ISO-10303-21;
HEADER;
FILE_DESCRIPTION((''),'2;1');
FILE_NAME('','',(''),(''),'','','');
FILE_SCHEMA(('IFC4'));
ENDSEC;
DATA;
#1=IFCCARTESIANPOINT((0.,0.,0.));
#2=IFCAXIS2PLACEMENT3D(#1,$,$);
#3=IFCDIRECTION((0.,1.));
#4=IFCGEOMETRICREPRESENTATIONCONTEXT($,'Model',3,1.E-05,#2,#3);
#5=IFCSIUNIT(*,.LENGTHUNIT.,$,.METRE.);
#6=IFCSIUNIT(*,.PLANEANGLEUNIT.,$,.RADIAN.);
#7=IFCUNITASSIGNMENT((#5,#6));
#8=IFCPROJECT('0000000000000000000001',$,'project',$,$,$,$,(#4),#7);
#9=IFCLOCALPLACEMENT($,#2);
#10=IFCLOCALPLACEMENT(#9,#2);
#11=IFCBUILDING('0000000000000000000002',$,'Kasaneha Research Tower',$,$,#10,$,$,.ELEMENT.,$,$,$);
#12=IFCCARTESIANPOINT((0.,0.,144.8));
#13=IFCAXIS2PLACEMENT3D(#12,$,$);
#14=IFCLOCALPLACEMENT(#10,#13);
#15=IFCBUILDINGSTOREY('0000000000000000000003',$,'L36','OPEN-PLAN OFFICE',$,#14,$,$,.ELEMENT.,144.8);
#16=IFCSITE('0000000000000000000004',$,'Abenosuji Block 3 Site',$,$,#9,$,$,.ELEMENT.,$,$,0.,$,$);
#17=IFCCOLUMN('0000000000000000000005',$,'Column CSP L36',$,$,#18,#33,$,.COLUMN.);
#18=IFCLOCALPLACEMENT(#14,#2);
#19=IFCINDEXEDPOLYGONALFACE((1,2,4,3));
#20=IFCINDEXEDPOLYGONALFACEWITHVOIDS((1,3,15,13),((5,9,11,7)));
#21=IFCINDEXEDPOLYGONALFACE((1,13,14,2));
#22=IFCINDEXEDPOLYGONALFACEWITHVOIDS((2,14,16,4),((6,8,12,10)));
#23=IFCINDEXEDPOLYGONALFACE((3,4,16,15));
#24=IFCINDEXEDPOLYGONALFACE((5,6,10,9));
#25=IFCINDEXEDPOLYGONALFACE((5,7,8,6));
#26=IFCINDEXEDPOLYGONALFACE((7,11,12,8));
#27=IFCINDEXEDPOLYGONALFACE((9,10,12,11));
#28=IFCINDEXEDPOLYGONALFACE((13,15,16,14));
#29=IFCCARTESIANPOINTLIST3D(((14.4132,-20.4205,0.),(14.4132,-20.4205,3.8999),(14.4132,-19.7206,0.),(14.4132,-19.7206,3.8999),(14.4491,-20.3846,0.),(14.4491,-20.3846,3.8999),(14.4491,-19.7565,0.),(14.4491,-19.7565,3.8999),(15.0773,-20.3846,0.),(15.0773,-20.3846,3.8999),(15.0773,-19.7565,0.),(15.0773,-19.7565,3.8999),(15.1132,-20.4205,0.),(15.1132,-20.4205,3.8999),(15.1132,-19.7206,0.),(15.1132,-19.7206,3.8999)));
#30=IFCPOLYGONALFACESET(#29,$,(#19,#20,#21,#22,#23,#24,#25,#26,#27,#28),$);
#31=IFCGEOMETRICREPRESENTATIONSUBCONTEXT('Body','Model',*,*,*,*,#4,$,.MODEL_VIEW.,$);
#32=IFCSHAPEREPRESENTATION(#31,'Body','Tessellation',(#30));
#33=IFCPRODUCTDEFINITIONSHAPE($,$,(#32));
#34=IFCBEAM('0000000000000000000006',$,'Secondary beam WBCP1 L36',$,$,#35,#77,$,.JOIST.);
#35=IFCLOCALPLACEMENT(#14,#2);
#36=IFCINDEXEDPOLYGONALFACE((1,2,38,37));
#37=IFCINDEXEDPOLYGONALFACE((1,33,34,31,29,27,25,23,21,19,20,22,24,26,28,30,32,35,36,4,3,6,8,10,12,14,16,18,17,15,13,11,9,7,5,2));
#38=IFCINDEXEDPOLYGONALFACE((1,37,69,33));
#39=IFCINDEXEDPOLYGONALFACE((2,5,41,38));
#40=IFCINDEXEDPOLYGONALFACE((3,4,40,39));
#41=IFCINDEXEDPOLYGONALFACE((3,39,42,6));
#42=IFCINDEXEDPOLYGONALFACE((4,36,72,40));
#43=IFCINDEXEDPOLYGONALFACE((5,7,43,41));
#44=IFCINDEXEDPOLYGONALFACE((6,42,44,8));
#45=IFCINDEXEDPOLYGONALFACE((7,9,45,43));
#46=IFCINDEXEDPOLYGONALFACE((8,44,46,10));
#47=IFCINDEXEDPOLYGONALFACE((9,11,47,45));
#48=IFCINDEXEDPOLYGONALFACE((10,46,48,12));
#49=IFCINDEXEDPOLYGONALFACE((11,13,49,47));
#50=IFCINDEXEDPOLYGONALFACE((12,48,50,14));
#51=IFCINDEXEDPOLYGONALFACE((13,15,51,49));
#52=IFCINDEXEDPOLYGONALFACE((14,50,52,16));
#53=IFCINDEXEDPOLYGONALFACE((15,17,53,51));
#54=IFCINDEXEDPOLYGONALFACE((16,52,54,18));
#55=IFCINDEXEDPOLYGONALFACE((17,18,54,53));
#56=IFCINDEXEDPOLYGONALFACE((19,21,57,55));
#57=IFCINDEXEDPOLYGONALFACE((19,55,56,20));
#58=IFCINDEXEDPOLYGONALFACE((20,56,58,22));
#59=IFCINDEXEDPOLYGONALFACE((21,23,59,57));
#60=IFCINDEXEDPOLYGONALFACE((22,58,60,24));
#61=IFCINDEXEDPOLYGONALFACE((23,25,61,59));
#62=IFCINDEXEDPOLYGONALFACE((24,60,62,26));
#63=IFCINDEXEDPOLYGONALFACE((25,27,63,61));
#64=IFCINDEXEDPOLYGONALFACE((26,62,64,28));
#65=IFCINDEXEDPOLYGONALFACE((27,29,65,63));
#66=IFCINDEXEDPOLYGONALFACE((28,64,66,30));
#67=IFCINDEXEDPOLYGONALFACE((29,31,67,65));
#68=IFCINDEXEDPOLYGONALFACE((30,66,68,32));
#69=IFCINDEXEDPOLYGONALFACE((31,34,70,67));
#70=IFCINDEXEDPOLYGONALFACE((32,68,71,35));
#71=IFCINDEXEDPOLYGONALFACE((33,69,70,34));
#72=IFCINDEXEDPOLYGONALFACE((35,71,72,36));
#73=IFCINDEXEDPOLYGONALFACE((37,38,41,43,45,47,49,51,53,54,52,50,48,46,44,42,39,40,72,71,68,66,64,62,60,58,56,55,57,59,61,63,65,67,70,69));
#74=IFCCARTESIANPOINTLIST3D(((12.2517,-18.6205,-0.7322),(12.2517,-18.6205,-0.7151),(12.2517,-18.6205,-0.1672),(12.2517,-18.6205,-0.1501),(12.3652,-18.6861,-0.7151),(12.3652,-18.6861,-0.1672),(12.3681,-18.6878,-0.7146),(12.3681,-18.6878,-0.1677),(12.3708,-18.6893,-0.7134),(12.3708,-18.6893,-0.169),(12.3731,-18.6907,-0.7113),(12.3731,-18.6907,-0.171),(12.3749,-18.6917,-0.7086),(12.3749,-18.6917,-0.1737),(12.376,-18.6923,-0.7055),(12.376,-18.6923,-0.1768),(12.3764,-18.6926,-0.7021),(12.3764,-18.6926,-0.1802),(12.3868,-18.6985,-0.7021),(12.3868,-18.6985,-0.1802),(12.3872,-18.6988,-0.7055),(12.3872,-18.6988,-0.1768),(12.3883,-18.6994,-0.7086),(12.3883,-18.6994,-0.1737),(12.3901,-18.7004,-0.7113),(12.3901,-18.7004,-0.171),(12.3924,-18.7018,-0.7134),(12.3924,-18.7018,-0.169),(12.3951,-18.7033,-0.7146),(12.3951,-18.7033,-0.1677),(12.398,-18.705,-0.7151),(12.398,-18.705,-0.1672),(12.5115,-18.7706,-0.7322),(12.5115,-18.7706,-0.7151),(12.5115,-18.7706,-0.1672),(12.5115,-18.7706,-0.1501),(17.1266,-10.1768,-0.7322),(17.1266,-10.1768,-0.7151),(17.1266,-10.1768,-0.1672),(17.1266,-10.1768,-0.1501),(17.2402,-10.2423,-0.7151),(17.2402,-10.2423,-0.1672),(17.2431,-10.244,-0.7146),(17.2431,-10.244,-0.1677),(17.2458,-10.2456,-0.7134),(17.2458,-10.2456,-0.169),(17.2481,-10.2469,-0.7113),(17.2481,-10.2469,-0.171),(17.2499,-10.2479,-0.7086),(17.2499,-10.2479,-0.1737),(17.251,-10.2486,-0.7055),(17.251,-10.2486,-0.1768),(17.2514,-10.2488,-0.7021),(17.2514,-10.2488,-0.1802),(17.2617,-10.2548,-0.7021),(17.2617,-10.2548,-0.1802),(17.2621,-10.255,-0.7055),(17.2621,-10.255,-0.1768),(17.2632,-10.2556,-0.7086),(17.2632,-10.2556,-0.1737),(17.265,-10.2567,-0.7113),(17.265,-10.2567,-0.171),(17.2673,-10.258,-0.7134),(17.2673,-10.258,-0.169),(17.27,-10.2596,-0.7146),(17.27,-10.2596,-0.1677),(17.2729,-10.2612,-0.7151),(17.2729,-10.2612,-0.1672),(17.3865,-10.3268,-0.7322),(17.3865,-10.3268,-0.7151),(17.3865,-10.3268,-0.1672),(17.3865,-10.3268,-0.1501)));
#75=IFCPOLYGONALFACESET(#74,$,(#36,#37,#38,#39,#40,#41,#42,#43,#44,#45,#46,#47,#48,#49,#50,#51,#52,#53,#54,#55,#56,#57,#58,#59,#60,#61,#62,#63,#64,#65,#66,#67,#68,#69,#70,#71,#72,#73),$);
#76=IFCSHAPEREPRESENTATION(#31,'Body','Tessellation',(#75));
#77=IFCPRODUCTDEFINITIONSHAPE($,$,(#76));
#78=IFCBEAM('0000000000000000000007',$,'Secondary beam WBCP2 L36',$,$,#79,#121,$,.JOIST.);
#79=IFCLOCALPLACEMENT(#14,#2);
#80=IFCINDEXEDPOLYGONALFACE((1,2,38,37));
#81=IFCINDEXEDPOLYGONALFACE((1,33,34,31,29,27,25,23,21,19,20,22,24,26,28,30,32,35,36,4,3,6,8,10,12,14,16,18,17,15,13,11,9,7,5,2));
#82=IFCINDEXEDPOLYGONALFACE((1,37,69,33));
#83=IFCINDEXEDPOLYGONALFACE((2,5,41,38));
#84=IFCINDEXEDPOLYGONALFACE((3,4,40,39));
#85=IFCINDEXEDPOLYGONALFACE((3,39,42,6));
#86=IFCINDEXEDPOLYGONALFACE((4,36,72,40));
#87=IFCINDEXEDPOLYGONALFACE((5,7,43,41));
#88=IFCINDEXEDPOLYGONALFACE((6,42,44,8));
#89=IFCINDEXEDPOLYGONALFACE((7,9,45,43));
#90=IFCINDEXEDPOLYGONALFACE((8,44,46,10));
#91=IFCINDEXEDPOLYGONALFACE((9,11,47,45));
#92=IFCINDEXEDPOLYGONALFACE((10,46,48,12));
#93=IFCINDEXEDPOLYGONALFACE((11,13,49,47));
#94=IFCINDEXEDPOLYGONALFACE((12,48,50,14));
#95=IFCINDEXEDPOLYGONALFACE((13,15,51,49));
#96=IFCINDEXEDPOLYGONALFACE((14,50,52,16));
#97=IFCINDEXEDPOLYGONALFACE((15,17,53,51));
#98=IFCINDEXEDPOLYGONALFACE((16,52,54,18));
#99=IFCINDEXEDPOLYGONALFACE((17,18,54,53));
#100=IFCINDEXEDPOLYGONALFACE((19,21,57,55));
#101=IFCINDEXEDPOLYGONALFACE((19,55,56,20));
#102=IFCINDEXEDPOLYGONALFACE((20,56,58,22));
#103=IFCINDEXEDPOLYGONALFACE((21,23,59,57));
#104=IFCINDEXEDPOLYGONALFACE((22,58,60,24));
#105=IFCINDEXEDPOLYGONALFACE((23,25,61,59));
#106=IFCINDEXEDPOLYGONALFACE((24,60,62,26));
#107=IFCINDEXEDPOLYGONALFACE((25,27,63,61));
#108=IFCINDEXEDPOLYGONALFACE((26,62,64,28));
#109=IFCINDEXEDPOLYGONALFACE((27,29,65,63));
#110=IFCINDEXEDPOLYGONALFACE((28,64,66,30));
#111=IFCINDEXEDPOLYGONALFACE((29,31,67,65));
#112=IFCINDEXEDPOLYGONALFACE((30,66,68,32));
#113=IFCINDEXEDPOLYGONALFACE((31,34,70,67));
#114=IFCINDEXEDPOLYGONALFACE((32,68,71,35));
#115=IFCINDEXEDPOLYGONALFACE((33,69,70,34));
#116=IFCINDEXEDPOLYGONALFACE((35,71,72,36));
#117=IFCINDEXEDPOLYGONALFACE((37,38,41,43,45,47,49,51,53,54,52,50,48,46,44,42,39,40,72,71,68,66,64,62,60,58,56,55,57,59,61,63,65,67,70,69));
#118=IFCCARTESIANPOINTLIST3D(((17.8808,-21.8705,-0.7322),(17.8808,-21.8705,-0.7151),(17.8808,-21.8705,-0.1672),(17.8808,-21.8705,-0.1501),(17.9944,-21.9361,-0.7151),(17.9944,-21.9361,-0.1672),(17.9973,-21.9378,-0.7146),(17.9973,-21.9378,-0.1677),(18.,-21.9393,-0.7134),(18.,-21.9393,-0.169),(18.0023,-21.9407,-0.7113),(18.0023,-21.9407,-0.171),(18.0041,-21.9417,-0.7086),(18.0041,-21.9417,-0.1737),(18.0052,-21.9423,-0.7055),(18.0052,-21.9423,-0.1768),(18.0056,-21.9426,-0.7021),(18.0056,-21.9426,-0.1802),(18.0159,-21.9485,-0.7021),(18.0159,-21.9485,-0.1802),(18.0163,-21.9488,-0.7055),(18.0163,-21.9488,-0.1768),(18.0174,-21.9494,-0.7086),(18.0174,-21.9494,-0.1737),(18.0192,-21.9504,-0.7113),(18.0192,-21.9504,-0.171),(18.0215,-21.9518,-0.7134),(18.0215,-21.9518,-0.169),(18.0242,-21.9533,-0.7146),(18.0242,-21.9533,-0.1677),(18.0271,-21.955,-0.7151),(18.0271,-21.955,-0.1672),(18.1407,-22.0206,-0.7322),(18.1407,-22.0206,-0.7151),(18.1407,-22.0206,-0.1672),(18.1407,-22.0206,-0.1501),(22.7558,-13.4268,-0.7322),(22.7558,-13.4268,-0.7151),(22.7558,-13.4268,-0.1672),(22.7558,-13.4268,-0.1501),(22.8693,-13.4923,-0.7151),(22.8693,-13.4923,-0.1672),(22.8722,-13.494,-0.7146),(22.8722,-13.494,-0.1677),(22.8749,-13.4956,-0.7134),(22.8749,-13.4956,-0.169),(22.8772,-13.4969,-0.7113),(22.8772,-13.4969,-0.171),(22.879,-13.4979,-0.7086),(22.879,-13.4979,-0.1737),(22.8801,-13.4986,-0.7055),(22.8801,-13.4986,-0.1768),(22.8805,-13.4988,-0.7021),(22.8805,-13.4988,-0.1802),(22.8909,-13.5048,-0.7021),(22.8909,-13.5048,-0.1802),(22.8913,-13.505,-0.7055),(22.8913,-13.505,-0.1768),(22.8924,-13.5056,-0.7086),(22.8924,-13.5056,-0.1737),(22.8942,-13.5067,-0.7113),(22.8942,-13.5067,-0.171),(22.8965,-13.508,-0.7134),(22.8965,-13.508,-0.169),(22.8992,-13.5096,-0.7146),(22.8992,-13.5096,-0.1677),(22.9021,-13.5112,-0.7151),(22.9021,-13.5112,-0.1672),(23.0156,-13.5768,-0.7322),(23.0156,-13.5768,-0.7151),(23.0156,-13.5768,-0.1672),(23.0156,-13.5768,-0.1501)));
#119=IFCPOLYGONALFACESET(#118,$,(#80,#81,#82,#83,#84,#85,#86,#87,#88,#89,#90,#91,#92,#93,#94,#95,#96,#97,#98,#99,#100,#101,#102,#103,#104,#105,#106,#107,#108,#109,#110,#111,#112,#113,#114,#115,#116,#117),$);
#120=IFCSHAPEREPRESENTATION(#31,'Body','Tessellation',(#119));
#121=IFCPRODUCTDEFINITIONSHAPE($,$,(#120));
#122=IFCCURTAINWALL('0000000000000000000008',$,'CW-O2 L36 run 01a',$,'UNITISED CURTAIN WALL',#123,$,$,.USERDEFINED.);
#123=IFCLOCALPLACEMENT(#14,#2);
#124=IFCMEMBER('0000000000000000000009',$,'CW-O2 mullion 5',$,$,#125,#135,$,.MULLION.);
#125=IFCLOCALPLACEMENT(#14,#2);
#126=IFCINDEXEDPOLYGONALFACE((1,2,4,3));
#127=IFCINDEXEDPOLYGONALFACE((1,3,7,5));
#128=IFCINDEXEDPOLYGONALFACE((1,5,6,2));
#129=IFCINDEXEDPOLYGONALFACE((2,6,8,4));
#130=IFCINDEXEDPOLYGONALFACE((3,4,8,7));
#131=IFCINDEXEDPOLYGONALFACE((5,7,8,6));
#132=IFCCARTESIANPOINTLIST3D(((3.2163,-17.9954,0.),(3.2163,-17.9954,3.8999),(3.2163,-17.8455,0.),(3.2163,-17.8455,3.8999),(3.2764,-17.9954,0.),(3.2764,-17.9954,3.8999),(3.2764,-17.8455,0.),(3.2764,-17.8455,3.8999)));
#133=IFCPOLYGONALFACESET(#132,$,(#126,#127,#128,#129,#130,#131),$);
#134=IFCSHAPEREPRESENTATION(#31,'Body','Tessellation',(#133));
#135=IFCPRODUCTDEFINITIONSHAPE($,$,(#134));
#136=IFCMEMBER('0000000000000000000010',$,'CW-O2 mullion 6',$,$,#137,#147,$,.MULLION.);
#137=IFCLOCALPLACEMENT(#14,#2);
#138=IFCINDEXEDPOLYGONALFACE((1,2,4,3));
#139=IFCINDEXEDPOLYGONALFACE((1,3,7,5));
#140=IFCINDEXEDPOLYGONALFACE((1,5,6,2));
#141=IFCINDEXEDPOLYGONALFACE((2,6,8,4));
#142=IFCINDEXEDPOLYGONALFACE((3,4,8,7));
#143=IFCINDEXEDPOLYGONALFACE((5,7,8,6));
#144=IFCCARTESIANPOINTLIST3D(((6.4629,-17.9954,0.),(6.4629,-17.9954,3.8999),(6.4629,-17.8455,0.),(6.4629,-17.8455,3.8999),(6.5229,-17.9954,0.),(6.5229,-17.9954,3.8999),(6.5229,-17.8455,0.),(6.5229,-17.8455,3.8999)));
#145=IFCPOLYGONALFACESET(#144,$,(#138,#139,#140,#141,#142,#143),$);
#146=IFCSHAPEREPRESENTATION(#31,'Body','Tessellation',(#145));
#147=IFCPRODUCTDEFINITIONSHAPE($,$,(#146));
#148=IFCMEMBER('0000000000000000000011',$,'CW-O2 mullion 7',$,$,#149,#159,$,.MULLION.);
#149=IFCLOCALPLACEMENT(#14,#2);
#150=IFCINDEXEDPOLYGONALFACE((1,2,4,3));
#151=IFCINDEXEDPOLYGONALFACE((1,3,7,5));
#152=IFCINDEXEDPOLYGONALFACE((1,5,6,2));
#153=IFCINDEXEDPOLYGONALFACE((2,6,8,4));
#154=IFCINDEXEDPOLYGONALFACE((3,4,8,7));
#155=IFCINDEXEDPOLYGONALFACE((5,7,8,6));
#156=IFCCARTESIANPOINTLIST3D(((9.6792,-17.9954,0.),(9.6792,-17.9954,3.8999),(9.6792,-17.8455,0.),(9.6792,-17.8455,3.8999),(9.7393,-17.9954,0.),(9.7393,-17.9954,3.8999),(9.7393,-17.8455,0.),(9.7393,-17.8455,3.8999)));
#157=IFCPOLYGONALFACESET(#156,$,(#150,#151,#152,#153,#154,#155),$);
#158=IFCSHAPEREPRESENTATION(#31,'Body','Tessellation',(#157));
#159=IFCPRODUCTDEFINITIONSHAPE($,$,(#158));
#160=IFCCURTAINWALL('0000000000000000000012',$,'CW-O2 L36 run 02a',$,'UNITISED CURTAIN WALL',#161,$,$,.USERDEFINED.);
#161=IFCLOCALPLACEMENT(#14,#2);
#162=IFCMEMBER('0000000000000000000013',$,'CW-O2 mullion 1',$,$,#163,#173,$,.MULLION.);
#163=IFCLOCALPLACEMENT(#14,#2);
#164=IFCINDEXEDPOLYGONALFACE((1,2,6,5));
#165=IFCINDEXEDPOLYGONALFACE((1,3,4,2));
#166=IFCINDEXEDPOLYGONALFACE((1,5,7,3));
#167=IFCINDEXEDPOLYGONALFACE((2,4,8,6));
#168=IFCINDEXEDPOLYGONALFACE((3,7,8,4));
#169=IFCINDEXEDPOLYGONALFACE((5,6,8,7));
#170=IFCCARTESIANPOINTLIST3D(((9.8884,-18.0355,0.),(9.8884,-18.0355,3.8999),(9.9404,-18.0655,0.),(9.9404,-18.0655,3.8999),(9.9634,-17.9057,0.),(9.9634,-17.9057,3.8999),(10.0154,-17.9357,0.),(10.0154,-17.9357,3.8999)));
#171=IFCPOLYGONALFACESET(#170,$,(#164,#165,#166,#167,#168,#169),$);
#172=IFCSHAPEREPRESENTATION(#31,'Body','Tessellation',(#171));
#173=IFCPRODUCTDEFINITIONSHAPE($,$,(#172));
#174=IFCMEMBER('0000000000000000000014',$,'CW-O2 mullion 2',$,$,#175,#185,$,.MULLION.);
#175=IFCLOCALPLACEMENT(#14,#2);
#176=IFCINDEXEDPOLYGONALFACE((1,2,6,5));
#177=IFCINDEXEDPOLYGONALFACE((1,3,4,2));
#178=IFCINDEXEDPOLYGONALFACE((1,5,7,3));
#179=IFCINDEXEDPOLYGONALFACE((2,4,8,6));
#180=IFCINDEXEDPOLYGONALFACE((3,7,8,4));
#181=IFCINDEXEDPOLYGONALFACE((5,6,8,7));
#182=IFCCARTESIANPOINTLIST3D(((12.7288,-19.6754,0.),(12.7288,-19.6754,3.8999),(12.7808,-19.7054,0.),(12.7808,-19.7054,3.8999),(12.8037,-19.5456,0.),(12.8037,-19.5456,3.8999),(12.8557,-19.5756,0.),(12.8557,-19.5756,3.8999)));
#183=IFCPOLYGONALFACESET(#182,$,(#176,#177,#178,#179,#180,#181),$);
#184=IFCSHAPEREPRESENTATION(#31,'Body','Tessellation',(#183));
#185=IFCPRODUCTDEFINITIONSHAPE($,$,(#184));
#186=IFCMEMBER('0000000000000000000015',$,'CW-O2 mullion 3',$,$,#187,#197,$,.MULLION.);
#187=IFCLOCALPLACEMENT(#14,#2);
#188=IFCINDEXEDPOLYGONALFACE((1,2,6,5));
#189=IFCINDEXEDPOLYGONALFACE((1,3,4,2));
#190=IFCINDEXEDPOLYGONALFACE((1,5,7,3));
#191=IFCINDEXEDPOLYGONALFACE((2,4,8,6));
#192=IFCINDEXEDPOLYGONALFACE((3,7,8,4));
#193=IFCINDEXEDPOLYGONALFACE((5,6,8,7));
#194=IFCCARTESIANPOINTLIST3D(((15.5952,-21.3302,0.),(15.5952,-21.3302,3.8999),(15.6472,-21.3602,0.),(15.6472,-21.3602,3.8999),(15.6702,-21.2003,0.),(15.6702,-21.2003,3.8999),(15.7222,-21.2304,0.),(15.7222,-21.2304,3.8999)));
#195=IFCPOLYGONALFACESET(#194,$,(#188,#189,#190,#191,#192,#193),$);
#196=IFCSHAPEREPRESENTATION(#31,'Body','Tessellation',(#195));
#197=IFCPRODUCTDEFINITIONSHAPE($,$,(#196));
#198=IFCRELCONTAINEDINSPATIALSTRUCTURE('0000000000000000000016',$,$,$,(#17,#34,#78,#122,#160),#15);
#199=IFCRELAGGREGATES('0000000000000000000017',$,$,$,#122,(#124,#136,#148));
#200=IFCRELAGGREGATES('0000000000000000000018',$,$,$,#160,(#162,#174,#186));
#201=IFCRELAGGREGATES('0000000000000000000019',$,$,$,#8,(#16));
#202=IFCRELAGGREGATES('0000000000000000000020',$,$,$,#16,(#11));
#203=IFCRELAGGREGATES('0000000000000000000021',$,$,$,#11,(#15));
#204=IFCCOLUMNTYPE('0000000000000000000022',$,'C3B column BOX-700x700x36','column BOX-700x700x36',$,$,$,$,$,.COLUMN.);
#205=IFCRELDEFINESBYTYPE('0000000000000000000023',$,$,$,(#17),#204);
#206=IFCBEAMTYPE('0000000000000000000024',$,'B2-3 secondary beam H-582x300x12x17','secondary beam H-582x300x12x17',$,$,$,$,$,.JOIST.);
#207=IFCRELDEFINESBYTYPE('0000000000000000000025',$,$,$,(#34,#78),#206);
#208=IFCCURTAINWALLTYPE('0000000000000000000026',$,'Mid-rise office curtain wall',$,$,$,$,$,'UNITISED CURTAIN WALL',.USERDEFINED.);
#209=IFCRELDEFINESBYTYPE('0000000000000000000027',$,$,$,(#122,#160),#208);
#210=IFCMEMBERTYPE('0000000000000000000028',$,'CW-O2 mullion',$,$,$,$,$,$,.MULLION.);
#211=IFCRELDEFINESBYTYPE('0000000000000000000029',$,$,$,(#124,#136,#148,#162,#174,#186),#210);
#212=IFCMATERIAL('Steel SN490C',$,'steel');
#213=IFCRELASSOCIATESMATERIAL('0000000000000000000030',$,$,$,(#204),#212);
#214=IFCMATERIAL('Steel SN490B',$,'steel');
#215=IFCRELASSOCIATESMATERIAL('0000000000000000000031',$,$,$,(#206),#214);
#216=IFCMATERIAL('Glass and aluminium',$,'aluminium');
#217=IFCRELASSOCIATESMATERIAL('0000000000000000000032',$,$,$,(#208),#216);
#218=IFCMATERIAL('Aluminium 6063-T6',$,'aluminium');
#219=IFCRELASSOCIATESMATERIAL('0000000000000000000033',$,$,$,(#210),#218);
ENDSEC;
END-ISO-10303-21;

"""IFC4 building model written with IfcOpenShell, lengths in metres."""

from ifc_helpers import new_model, si_unit, direction, frame, origin, origin_2d, place, context, subcontext, project, spatial, rectangle, hollow_rectangle, i_section, extrude, material, material_profile, profile_set, type_object, element, aggregate, save


model = new_model("IFC4")

# Units and contexts
model_context = context("Model", 3, precision=1e-05, world=origin(), true_north=direction((0.0, 1.0)))
body_context = subcontext(model_context, "Body", "Model", "MODEL_VIEW")
ifc_project = project(units=[si_unit("LENGTHUNIT", "METRE"), si_unit("PLANEANGLEUNIT", "RADIAN")], contexts=[model_context])

# Site, building, storey
site_placement = place(None, origin())
site = spatial("IfcSite", under=ifc_project, at=site_placement, Name="Abenosuji Block 3 Site", CompositionType="ELEMENT", RefElevation=0.0)
building_placement = place(site_placement, origin())
building = spatial("IfcBuilding", under=site, at=building_placement, Name="Kasaneha Research Tower", CompositionType="ELEMENT")
storey_placement = place(building_placement, frame((0.0, 0.0, 144.8)))
storey = spatial("IfcBuildingStorey", under=building, at=storey_placement, Name="L36", Description="OPEN-PLAN OFFICE", CompositionType="ELEMENT", Elevation=144.8)

# Column
ifc_material_1 = material(Name="Steel SN490C", Category="steel")
ifc_material_profile_1 = material_profile(ifc_material_1, hollow_rectangle(XDim=0.7, YDim=0.7, WallThickness=0.0359, at=origin_2d()), Name="BOX-700x700x36")
ifc_profile_set_1 = profile_set([ifc_material_profile_1], Name="Steel SN490C")
column_type = type_object("IfcColumnType", Name="C3B column BOX-700x700x36", Description="column BOX-700x700x36", PredefinedType="COLUMN", material=ifc_profile_set_1)
column_placement = place(storey_placement, frame((14.7632, -20.0706, 0.0), z_axis=(0.0, 0.0, 1.0), x_axis=(1.0, 0.0, 0.0)))
element("IfcColumn", 1, at=column_placement, inside=storey, type_object=column_type, Name="Column CSP L36", PredefinedType="COLUMN", context=body_context, shape_type="SweptSolid", body=[
    extrude(hollow_rectangle(XDim=0.7, YDim=0.7, WallThickness=0.0359, at=origin_2d()), origin(), (0.0, 0.0, 1.0), 3.8999),
])

# Beams
ifc_material_2 = material(Name="Steel SN490B", Category="steel")
ifc_material_profile_2 = material_profile(ifc_material_2, i_section(OverallWidth=0.3, OverallDepth=0.582, WebThickness=0.012, FlangeThickness=0.0171, FilletRadius=0.0129, at=origin_2d()), Name="H-582x300x12x17")
ifc_profile_set_2 = profile_set([ifc_material_profile_2], Name="Steel SN490B")
beam_type_1 = type_object("IfcBeamType", Name="B2-3 secondary beam H-582x300x12x17", Description="secondary beam H-582x300x12x17", PredefinedType="JOIST", material=ifc_profile_set_2)
for number, where, z_axis, x_axis, name in (
    (2, (12.3816, -18.6956, -0.4412), (0.499996, 0.866028, 0.0), (-0.866028, 0.499996, 0.0), "Secondary beam WBCP1 L36"),
    (3, (18.0107, -21.9456, -0.4412), (0.499996, 0.866028, 0.0), (-0.866028, 0.499996, 0.0), "Secondary beam WBCP2 L36"),
):
    element("IfcBeam", number, at=place(storey_placement, frame(where, z_axis=z_axis, x_axis=x_axis)), inside=storey, type_object=beam_type_1, Name=name, PredefinedType="JOIST", context=body_context, shape_type="SweptSolid", body=[
        extrude(i_section(OverallWidth=0.3, OverallDepth=0.582, WebThickness=0.012, FlangeThickness=0.0171, FilletRadius=0.0129, at=origin_2d()), origin(), (0.0, 0.0, 1.0), 9.75),
    ])

# Curtain walls, members
ifc_material_3 = material(Name="Glass and aluminium", Category="aluminium")
curtain_wall_type = type_object("IfcCurtainWallType", Name="Mid-rise office curtain wall", ElementType="UNITISED CURTAIN WALL", PredefinedType="USERDEFINED", material=ifc_material_3)
curtain_wall_1_placement = place(storey_placement, origin())
curtain_wall_1 = element("IfcCurtainWall", 4, at=curtain_wall_1_placement, inside=storey, type_object=curtain_wall_type, Name="CW-O2 L36 run 01a", ObjectType="UNITISED CURTAIN WALL", PredefinedType="USERDEFINED")
ifc_material_4 = material(Name="Aluminium 6063-T6", Category="aluminium")
ifc_material_profile_3 = material_profile(ifc_material_4, rectangle(XDim=0.0601, YDim=0.1499, at=origin_2d()), Name="CW-O2 mullion 60x150")
ifc_profile_set_3 = profile_set([ifc_material_profile_3], Name="Aluminium 6063-T6")
member_type_1 = type_object("IfcMemberType", Name="CW-O2 mullion", PredefinedType="MULLION", material=ifc_profile_set_3)
member_1_placement = place(storey_placement, frame((3.2463, -17.9204, 0.0), z_axis=(0.0, 0.0, 1.0), x_axis=(1.0, 0.0, 0.0)))
member_1 = element("IfcMember", 5, at=member_1_placement, type_object=member_type_1, Name="CW-O2 mullion 5", PredefinedType="MULLION", context=body_context, shape_type="SweptSolid", body=[
    extrude(rectangle(XDim=0.0601, YDim=0.1499, at=origin_2d()), origin(), (0.0, 0.0, 1.0), 3.8999),
])
member_2_placement = place(storey_placement, frame((6.4929, -17.9204, 0.0), z_axis=(0.0, 0.0, 1.0), x_axis=(1.0, 0.0, 0.0)))
member_2 = element("IfcMember", 6, at=member_2_placement, type_object=member_type_1, Name="CW-O2 mullion 6", PredefinedType="MULLION", context=body_context, shape_type="SweptSolid", body=[
    extrude(rectangle(XDim=0.0601, YDim=0.1499, at=origin_2d()), origin(), (0.0, 0.0, 1.0), 3.8999),
])
member_3_placement = place(storey_placement, frame((9.7092, -17.9204, 0.0), z_axis=(0.0, 0.0, 1.0), x_axis=(1.0, 0.0, 0.0)))
member_3 = element("IfcMember", 7, at=member_3_placement, type_object=member_type_1, Name="CW-O2 mullion 7", PredefinedType="MULLION", context=body_context, shape_type="SweptSolid", body=[
    extrude(rectangle(XDim=0.0601, YDim=0.1499, at=origin_2d()), origin(), (0.0, 0.0, 1.0), 3.8999),
])
curtain_wall_2_placement = place(storey_placement, origin())
curtain_wall_2 = element("IfcCurtainWall", 8, at=curtain_wall_2_placement, inside=storey, type_object=curtain_wall_type, Name="CW-O2 L36 run 02a", ObjectType="UNITISED CURTAIN WALL", PredefinedType="USERDEFINED")
member_4_placement = place(storey_placement, frame((9.9519, -17.9856, 0.0), z_axis=(0.0, 0.0, 1.0), x_axis=(0.866025, -0.5, 0.0)))
member_4 = element("IfcMember", 9, at=member_4_placement, type_object=member_type_1, Name="CW-O2 mullion 1", PredefinedType="MULLION", context=body_context, shape_type="SweptSolid", body=[
    extrude(rectangle(XDim=0.0601, YDim=0.1499, at=origin_2d()), origin(), (0.0, 0.0, 1.0), 3.8999),
])
member_5_placement = place(storey_placement, frame((12.7922, -19.6255, 0.0), z_axis=(0.0, 0.0, 1.0), x_axis=(0.866025, -0.5, 0.0)))
member_5 = element("IfcMember", 10, at=member_5_placement, type_object=member_type_1, Name="CW-O2 mullion 2", PredefinedType="MULLION", context=body_context, shape_type="SweptSolid", body=[
    extrude(rectangle(XDim=0.0601, YDim=0.1499, at=origin_2d()), origin(), (0.0, 0.0, 1.0), 3.8999),
])
member_6_placement = place(storey_placement, frame((15.6587, -21.2803, 0.0), z_axis=(0.0, 0.0, 1.0), x_axis=(0.866025, -0.5, 0.0)))
member_6 = element("IfcMember", 11, at=member_6_placement, type_object=member_type_1, Name="CW-O2 mullion 3", PredefinedType="MULLION", context=body_context, shape_type="SweptSolid", body=[
    extrude(rectangle(XDim=0.0601, YDim=0.1499, at=origin_2d()), origin(), (0.0, 0.0, 1.0), 3.8999),
])

aggregate(curtain_wall_1, [member_1, member_2, member_3])
aggregate(curtain_wall_2, [member_4, member_5, member_6])

save(model, "model.ifc")
